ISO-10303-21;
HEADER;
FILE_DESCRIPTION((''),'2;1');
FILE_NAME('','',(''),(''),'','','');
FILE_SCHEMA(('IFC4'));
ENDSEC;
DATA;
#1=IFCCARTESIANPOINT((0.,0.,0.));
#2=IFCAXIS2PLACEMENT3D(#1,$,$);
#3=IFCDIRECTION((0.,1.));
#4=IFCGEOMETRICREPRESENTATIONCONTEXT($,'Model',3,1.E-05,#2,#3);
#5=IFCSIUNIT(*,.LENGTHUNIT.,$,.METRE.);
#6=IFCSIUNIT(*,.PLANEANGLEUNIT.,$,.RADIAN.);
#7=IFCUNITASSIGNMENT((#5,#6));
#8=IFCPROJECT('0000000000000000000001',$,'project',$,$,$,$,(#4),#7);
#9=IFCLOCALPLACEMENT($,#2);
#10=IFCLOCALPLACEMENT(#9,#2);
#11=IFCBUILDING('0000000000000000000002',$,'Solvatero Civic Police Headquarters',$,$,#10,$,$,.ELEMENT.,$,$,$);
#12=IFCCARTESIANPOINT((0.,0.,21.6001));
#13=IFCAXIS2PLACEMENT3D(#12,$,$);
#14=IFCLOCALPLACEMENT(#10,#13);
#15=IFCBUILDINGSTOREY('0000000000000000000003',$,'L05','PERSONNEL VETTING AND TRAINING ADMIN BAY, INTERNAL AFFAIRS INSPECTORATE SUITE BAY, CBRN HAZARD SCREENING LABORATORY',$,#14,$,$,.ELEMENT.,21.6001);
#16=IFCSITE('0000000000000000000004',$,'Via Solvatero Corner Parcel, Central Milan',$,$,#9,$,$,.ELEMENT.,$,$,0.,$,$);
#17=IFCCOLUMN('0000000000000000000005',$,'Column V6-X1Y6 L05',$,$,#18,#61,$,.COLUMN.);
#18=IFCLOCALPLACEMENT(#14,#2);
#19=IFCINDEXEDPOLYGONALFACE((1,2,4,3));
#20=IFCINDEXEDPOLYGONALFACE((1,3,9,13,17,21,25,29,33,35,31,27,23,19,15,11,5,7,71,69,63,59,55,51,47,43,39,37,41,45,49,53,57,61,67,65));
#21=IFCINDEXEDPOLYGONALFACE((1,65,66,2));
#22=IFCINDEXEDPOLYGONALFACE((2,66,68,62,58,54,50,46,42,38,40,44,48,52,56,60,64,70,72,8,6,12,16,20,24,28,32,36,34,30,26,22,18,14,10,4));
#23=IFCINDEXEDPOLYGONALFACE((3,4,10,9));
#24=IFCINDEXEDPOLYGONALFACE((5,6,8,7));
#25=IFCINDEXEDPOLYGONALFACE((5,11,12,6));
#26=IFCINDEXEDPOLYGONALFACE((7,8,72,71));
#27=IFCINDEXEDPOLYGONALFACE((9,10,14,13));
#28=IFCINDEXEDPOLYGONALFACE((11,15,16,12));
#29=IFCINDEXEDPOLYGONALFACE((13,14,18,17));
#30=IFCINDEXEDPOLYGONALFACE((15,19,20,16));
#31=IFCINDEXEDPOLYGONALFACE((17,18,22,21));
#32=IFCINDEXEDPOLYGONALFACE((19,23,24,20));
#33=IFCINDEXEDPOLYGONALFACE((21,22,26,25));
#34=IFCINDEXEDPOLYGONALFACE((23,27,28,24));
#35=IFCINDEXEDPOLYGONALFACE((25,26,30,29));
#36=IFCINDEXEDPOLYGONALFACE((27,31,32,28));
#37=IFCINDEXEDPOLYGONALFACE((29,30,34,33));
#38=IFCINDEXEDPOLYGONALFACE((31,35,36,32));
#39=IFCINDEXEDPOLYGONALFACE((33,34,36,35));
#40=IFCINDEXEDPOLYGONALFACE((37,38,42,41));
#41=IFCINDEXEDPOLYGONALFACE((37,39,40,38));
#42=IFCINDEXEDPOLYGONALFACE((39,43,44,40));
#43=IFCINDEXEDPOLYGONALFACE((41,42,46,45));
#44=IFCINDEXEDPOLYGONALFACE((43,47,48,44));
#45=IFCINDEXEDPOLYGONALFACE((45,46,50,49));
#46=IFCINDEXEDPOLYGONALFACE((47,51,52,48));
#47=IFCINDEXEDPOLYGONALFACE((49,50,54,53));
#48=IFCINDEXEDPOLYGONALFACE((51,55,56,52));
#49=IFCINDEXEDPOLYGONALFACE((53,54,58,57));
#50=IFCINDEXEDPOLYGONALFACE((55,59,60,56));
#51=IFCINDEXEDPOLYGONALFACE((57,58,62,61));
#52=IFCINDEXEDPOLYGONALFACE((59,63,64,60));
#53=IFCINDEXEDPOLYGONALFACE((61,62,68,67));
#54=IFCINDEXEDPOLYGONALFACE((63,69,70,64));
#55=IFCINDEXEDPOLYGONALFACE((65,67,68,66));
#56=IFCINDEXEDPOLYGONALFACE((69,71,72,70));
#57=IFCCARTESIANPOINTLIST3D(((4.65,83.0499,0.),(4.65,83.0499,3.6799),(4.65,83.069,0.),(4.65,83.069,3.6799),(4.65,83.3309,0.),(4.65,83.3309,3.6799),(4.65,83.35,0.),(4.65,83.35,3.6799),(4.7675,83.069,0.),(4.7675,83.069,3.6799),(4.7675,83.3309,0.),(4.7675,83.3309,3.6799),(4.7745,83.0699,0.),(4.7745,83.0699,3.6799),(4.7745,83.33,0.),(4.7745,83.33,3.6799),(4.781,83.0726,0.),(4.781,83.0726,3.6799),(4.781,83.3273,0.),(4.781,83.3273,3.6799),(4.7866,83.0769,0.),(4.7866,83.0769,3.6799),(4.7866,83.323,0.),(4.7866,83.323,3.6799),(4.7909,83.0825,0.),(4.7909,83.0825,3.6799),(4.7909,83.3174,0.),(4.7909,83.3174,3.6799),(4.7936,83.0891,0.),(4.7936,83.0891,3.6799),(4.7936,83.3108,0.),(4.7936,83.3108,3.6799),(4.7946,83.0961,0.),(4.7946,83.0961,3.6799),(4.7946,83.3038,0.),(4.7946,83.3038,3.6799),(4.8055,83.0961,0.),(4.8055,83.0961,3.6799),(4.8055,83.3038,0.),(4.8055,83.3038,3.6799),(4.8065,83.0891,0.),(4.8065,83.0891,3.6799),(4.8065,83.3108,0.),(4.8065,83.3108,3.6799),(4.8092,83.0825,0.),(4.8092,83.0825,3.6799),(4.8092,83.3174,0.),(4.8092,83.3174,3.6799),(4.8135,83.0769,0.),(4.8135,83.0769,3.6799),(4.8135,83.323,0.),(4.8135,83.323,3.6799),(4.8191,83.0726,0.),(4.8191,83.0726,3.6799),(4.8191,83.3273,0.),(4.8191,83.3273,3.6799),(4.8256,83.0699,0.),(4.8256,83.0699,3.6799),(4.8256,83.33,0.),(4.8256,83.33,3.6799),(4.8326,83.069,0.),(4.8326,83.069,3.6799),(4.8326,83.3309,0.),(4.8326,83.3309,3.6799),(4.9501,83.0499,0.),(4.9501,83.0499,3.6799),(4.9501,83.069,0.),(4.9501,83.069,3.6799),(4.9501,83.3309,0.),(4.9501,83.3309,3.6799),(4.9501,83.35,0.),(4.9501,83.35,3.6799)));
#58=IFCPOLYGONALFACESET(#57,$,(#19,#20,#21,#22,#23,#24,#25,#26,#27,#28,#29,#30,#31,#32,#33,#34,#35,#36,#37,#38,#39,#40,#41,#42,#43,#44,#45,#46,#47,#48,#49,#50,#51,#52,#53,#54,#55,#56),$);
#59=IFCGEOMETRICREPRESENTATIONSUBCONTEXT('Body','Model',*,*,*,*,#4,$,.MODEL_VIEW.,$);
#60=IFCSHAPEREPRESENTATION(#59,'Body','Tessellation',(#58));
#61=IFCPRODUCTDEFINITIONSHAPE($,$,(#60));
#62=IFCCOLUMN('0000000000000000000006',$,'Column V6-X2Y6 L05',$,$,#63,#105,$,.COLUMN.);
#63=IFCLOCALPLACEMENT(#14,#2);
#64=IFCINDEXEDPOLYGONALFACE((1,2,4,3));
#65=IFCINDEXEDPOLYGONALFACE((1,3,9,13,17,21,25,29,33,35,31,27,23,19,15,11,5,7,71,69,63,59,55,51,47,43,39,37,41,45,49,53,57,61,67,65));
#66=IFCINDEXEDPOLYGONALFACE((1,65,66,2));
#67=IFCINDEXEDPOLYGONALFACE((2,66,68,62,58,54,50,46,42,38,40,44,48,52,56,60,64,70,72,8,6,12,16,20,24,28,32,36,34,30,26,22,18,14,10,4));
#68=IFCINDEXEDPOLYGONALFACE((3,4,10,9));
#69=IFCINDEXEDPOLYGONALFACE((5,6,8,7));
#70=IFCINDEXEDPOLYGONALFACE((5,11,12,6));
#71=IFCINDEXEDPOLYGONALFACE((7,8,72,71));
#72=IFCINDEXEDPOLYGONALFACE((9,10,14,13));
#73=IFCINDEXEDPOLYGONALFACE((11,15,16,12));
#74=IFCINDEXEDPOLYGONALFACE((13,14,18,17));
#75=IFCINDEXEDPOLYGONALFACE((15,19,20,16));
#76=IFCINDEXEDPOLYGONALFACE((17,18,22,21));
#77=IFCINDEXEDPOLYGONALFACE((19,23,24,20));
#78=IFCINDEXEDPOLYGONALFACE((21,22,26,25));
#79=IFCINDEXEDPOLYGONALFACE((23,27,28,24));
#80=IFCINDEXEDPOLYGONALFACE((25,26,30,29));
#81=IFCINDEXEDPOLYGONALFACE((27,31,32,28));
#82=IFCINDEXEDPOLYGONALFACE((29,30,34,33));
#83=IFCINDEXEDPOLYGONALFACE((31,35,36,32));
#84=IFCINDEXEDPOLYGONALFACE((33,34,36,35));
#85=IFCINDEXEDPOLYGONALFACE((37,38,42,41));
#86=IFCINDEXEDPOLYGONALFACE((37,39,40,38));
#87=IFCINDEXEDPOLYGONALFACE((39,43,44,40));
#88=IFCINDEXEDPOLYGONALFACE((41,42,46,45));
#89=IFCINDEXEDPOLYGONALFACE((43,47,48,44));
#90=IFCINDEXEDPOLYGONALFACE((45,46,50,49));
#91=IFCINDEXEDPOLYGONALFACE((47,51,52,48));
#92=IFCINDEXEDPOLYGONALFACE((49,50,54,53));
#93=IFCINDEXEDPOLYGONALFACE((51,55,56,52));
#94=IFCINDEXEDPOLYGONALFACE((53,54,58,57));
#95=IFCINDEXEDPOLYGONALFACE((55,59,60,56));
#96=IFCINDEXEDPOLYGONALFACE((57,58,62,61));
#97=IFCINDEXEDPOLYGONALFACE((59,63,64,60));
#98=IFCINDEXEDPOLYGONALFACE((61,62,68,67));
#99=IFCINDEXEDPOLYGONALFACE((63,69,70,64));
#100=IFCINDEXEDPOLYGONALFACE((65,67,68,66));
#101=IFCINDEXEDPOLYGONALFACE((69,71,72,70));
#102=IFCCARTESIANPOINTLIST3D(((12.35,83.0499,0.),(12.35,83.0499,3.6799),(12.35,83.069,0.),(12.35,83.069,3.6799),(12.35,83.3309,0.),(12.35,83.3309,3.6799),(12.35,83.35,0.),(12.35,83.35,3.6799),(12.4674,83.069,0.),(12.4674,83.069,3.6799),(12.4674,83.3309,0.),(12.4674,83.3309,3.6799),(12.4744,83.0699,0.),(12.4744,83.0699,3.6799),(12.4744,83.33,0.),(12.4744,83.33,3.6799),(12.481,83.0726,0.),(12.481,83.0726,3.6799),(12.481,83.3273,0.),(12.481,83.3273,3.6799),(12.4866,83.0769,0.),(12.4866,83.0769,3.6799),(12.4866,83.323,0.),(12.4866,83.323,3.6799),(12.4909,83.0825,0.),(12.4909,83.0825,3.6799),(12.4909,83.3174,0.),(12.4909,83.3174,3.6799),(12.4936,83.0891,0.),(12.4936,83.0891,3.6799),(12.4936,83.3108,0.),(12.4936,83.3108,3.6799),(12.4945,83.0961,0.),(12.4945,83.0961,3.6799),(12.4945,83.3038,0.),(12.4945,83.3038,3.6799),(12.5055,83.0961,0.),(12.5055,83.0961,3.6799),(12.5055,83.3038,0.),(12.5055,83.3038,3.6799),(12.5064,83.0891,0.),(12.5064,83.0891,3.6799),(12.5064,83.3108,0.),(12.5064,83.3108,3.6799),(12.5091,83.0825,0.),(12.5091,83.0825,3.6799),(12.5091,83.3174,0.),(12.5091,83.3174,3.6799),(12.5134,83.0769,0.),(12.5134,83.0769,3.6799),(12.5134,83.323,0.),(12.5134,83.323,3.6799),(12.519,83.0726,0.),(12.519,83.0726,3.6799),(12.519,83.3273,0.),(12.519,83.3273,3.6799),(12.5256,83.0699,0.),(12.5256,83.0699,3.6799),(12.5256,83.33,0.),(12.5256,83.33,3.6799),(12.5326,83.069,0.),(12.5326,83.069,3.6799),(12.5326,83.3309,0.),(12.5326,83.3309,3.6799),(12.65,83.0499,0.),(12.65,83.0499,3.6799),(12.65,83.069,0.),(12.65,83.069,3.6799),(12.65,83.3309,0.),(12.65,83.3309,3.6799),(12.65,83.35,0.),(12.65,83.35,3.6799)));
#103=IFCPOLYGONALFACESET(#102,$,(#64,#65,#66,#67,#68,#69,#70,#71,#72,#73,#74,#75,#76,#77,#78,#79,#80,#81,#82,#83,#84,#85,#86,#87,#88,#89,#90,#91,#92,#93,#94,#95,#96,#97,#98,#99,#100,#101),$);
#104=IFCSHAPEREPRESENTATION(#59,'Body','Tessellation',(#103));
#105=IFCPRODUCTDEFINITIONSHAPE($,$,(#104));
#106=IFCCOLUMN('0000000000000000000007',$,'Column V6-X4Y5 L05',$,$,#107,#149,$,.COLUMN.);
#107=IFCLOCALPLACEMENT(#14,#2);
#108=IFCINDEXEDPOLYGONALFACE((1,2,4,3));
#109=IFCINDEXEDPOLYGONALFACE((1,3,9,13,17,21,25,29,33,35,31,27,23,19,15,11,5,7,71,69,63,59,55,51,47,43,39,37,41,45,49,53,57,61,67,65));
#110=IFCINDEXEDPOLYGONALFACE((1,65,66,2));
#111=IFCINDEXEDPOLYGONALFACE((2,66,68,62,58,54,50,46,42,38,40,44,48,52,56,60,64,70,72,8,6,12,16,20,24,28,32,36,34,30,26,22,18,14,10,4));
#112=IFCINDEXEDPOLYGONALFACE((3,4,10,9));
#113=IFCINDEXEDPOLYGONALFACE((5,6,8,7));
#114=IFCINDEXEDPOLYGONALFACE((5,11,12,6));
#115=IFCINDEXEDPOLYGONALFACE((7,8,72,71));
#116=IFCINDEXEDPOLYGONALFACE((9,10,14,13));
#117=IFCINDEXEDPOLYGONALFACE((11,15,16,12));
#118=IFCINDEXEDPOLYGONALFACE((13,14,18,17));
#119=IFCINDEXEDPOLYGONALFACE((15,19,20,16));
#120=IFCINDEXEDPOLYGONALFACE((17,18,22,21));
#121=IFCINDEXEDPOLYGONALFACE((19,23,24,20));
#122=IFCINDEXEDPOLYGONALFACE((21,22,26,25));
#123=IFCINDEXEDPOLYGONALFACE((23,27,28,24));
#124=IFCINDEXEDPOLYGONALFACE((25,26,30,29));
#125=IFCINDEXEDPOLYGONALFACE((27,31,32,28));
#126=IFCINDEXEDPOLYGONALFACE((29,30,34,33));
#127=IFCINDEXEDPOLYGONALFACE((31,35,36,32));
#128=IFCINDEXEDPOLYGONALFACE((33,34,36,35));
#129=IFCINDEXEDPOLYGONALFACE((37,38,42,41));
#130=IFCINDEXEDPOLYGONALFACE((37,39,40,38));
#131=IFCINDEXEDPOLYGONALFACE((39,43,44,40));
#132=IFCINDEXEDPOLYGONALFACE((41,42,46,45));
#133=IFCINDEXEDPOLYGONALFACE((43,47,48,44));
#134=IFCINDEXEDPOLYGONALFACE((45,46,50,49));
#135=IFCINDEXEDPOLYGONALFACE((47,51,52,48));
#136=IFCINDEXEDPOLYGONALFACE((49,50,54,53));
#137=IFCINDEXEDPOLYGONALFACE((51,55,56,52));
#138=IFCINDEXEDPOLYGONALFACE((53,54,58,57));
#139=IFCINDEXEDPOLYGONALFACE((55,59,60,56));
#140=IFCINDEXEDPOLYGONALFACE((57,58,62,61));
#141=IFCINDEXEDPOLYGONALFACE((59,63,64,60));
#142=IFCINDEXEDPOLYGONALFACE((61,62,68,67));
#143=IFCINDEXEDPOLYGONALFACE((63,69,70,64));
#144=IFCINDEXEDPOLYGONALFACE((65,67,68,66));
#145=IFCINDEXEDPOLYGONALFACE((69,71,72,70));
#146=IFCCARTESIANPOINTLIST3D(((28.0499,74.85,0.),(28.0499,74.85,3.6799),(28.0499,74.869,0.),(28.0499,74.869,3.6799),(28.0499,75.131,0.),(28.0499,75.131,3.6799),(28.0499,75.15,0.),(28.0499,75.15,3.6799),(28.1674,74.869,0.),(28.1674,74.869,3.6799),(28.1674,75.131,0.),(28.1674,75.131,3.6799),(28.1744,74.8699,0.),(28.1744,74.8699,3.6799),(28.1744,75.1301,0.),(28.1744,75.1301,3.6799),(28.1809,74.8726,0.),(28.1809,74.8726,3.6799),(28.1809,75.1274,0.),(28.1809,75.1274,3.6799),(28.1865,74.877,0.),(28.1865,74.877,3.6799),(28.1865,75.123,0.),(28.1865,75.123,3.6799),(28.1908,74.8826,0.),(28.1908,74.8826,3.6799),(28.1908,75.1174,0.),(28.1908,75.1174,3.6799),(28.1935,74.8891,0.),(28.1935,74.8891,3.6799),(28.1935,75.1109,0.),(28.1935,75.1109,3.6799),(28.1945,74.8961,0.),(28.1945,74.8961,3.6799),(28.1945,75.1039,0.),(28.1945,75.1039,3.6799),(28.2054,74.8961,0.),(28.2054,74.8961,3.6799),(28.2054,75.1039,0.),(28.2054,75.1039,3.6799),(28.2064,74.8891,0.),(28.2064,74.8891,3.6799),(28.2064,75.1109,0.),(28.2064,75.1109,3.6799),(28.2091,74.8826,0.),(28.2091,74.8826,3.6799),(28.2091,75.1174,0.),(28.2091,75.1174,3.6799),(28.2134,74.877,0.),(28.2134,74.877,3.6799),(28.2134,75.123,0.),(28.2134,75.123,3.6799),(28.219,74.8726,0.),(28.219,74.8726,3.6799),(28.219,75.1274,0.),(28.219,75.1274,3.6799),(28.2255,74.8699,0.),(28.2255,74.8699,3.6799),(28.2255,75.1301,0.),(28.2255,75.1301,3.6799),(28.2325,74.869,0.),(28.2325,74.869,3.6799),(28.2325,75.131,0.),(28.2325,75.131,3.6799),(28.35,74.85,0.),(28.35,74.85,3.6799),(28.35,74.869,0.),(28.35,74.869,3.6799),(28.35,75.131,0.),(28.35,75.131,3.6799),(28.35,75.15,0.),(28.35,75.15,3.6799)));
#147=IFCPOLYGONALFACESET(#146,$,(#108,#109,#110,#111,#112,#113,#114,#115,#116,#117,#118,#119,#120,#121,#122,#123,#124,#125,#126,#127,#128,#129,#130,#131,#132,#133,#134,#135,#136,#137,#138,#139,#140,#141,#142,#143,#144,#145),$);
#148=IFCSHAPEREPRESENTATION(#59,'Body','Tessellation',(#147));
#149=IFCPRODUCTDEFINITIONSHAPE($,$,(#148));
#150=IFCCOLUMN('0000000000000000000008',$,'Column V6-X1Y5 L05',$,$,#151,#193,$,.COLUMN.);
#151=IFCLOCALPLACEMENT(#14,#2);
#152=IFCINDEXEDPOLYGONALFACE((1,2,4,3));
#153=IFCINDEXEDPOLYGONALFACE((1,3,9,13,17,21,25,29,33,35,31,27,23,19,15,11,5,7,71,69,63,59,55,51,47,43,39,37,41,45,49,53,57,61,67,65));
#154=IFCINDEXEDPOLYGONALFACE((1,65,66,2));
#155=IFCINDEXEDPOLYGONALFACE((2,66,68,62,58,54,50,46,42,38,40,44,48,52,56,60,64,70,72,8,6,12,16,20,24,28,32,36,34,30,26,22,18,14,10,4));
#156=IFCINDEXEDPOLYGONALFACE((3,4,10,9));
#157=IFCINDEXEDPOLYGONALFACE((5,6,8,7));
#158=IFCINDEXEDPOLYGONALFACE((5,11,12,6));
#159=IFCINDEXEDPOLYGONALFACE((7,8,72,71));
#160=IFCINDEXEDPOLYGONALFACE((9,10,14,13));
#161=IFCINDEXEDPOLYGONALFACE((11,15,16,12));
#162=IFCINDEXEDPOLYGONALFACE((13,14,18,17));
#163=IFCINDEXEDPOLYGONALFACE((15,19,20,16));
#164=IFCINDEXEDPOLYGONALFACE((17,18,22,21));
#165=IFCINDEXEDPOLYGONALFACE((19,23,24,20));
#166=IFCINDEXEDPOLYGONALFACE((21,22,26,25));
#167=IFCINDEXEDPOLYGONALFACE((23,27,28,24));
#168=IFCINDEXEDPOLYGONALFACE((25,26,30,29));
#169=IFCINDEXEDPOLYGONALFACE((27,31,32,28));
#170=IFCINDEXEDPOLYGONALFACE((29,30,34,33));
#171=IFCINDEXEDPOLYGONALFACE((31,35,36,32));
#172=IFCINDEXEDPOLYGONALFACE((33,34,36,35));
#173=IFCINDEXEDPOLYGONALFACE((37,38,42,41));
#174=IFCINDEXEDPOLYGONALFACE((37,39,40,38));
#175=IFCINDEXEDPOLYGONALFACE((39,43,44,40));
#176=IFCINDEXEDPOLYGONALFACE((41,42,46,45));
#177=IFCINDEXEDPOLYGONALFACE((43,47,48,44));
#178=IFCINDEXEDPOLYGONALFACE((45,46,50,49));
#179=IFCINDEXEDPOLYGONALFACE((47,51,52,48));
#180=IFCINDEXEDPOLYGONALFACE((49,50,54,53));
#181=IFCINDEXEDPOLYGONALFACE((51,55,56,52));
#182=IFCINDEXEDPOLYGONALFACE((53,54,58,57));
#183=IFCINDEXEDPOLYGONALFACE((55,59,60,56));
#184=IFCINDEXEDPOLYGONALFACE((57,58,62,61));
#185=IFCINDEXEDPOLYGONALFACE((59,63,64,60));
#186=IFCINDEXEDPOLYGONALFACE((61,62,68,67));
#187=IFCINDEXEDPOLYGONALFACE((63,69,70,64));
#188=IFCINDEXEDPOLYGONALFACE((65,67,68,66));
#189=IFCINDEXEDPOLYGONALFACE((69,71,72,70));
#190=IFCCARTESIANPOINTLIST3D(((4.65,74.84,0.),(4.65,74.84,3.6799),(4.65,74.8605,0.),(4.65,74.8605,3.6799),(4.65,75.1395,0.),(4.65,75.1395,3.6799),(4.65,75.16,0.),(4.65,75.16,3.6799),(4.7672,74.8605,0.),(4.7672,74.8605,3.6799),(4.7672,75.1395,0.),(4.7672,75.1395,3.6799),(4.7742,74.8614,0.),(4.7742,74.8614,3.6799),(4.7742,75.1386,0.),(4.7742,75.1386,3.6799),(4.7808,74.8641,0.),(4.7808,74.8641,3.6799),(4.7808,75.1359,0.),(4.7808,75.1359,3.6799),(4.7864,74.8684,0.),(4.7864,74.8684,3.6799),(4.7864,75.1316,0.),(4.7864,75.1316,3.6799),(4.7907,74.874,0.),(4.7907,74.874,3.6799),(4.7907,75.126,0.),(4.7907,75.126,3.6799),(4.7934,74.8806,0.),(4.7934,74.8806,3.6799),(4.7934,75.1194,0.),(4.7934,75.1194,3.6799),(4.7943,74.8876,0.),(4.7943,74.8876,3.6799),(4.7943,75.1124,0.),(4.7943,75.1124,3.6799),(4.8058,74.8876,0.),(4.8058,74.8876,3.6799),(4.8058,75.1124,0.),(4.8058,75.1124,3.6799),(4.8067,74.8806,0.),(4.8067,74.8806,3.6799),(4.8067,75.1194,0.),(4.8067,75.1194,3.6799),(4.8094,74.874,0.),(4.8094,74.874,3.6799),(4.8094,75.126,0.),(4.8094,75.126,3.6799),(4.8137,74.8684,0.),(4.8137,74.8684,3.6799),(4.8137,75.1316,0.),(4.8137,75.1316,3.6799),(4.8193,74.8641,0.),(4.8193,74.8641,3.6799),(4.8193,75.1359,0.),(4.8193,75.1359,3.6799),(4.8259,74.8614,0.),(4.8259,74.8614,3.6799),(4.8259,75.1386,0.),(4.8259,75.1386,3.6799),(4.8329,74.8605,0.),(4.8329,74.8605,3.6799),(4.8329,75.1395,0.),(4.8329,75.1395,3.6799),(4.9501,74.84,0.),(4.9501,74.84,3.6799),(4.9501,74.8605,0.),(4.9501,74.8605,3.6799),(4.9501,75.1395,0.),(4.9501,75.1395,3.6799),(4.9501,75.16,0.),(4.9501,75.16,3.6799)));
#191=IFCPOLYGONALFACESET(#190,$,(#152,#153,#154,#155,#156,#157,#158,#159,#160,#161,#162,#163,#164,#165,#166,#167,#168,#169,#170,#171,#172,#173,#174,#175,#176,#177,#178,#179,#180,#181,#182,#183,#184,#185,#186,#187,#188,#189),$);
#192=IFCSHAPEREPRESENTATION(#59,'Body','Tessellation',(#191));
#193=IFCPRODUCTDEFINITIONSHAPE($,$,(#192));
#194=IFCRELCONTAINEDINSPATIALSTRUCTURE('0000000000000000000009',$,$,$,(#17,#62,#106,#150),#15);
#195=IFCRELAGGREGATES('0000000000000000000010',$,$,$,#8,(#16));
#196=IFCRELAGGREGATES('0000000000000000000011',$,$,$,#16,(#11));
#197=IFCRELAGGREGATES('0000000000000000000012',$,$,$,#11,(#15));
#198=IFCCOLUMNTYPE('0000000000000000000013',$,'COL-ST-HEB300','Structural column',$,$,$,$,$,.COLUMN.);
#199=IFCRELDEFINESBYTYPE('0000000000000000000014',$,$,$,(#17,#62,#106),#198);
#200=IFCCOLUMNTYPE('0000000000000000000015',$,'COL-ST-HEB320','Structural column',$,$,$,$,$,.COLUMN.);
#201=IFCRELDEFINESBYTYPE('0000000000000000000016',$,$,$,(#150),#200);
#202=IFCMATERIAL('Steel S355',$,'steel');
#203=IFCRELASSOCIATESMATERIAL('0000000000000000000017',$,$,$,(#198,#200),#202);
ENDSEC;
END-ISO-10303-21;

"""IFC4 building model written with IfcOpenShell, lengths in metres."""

from ifc_helpers import new_model, si_unit, direction, frame, origin, origin_2d, place, context, subcontext, project, spatial, i_section, extrude, material, material_profile, profile_set, type_object, element, save


model = new_model("IFC4")

# Units and contexts
model_context = context("Model", 3, precision=1e-05, world=origin(), true_north=direction((0.0, 1.0)))
body_context = subcontext(model_context, "Body", "Model", "MODEL_VIEW")
ifc_project = project(units=[si_unit("LENGTHUNIT", "METRE"), si_unit("PLANEANGLEUNIT", "RADIAN")], contexts=[model_context])

# Site, building, storey
site_placement = place(None, origin())
site = spatial("IfcSite", under=ifc_project, at=site_placement, Name="Via Solvatero Corner Parcel, Central Milan", CompositionType="ELEMENT", RefElevation=0.0)
building_placement = place(site_placement, origin())
building = spatial("IfcBuilding", under=site, at=building_placement, Name="Solvatero Civic Police Headquarters", CompositionType="ELEMENT")
storey_placement = place(building_placement, frame((0.0, 0.0, 21.6001)))
storey = spatial("IfcBuildingStorey", under=building, at=storey_placement, Name="L05", Description="PERSONNEL VETTING AND TRAINING ADMIN BAY, INTERNAL AFFAIRS INSPECTORATE SUITE BAY, CBRN HAZARD SCREENING LABORATORY", CompositionType="ELEMENT", Elevation=21.6001)

# Columns
ifc_material_1 = material(Name="Steel S355", Category="steel")
ifc_material_profile_1 = material_profile(ifc_material_1, i_section(OverallWidth=0.3, OverallDepth=0.3, WebThickness=0.011, FlangeThickness=0.019, FilletRadius=0.0271, at=origin_2d()), Name="HEB 300")
ifc_profile_set_1 = profile_set([ifc_material_profile_1], Name="Steel S355")
column_type_1 = type_object("IfcColumnType", Name="COL-ST-HEB300", Description="Structural column", PredefinedType="COLUMN", material=ifc_profile_set_1)
for number, where, z_axis, x_axis, name in (
    (1, (4.8, 83.2, 0.0), (0.0, 0.0, 1.0), (1.0, 0.0, 0.0), "Column V6-X1Y6 L05"),
    (2, (12.5, 83.2, 0.0), (0.0, 0.0, 1.0), (1.0, 0.0, 0.0), "Column V6-X2Y6 L05"),
    (3, (28.2, 75.0, 0.0), (0.0, 0.0, 1.0), (1.0, 0.0, 0.0), "Column V6-X4Y5 L05"),
):
    element("IfcColumn", number, at=place(storey_placement, frame(where, z_axis=z_axis, x_axis=x_axis)), inside=storey, type_object=column_type_1, Name=name, PredefinedType="COLUMN", context=body_context, shape_type="SweptSolid", body=[
        extrude(i_section(OverallWidth=0.3, OverallDepth=0.3, WebThickness=0.011, FlangeThickness=0.019, FilletRadius=0.0271, at=origin_2d()), origin(), (0.0, 0.0, 1.0), 3.6799),
    ])
ifc_material_profile_2 = material_profile(ifc_material_1, i_section(OverallWidth=0.3, OverallDepth=0.3201, WebThickness=0.0115, FlangeThickness=0.0205, FilletRadius=0.0271, at=origin_2d()), Name="HEB 320")
ifc_profile_set_2 = profile_set([ifc_material_profile_2], Name="Steel S355")
column_type_2 = type_object("IfcColumnType", Name="COL-ST-HEB320", Description="Structural column", PredefinedType="COLUMN", material=ifc_profile_set_2)
for number, where, z_axis, x_axis, name in (
    (4, (4.8, 75.0, 0.0), (0.0, 0.0, 1.0), (1.0, 0.0, 0.0), "Column V6-X1Y5 L05"),
):
    element("IfcColumn", number, at=place(storey_placement, frame(where, z_axis=z_axis, x_axis=x_axis)), inside=storey, type_object=column_type_2, Name=name, PredefinedType="COLUMN", context=body_context, shape_type="SweptSolid", body=[
        extrude(i_section(OverallWidth=0.3, OverallDepth=0.3201, WebThickness=0.0115, FlangeThickness=0.0205, FilletRadius=0.0271, at=origin_2d()), origin(), (0.0, 0.0, 1.0), 3.6799),
    ])

save(model, "model.ifc")
